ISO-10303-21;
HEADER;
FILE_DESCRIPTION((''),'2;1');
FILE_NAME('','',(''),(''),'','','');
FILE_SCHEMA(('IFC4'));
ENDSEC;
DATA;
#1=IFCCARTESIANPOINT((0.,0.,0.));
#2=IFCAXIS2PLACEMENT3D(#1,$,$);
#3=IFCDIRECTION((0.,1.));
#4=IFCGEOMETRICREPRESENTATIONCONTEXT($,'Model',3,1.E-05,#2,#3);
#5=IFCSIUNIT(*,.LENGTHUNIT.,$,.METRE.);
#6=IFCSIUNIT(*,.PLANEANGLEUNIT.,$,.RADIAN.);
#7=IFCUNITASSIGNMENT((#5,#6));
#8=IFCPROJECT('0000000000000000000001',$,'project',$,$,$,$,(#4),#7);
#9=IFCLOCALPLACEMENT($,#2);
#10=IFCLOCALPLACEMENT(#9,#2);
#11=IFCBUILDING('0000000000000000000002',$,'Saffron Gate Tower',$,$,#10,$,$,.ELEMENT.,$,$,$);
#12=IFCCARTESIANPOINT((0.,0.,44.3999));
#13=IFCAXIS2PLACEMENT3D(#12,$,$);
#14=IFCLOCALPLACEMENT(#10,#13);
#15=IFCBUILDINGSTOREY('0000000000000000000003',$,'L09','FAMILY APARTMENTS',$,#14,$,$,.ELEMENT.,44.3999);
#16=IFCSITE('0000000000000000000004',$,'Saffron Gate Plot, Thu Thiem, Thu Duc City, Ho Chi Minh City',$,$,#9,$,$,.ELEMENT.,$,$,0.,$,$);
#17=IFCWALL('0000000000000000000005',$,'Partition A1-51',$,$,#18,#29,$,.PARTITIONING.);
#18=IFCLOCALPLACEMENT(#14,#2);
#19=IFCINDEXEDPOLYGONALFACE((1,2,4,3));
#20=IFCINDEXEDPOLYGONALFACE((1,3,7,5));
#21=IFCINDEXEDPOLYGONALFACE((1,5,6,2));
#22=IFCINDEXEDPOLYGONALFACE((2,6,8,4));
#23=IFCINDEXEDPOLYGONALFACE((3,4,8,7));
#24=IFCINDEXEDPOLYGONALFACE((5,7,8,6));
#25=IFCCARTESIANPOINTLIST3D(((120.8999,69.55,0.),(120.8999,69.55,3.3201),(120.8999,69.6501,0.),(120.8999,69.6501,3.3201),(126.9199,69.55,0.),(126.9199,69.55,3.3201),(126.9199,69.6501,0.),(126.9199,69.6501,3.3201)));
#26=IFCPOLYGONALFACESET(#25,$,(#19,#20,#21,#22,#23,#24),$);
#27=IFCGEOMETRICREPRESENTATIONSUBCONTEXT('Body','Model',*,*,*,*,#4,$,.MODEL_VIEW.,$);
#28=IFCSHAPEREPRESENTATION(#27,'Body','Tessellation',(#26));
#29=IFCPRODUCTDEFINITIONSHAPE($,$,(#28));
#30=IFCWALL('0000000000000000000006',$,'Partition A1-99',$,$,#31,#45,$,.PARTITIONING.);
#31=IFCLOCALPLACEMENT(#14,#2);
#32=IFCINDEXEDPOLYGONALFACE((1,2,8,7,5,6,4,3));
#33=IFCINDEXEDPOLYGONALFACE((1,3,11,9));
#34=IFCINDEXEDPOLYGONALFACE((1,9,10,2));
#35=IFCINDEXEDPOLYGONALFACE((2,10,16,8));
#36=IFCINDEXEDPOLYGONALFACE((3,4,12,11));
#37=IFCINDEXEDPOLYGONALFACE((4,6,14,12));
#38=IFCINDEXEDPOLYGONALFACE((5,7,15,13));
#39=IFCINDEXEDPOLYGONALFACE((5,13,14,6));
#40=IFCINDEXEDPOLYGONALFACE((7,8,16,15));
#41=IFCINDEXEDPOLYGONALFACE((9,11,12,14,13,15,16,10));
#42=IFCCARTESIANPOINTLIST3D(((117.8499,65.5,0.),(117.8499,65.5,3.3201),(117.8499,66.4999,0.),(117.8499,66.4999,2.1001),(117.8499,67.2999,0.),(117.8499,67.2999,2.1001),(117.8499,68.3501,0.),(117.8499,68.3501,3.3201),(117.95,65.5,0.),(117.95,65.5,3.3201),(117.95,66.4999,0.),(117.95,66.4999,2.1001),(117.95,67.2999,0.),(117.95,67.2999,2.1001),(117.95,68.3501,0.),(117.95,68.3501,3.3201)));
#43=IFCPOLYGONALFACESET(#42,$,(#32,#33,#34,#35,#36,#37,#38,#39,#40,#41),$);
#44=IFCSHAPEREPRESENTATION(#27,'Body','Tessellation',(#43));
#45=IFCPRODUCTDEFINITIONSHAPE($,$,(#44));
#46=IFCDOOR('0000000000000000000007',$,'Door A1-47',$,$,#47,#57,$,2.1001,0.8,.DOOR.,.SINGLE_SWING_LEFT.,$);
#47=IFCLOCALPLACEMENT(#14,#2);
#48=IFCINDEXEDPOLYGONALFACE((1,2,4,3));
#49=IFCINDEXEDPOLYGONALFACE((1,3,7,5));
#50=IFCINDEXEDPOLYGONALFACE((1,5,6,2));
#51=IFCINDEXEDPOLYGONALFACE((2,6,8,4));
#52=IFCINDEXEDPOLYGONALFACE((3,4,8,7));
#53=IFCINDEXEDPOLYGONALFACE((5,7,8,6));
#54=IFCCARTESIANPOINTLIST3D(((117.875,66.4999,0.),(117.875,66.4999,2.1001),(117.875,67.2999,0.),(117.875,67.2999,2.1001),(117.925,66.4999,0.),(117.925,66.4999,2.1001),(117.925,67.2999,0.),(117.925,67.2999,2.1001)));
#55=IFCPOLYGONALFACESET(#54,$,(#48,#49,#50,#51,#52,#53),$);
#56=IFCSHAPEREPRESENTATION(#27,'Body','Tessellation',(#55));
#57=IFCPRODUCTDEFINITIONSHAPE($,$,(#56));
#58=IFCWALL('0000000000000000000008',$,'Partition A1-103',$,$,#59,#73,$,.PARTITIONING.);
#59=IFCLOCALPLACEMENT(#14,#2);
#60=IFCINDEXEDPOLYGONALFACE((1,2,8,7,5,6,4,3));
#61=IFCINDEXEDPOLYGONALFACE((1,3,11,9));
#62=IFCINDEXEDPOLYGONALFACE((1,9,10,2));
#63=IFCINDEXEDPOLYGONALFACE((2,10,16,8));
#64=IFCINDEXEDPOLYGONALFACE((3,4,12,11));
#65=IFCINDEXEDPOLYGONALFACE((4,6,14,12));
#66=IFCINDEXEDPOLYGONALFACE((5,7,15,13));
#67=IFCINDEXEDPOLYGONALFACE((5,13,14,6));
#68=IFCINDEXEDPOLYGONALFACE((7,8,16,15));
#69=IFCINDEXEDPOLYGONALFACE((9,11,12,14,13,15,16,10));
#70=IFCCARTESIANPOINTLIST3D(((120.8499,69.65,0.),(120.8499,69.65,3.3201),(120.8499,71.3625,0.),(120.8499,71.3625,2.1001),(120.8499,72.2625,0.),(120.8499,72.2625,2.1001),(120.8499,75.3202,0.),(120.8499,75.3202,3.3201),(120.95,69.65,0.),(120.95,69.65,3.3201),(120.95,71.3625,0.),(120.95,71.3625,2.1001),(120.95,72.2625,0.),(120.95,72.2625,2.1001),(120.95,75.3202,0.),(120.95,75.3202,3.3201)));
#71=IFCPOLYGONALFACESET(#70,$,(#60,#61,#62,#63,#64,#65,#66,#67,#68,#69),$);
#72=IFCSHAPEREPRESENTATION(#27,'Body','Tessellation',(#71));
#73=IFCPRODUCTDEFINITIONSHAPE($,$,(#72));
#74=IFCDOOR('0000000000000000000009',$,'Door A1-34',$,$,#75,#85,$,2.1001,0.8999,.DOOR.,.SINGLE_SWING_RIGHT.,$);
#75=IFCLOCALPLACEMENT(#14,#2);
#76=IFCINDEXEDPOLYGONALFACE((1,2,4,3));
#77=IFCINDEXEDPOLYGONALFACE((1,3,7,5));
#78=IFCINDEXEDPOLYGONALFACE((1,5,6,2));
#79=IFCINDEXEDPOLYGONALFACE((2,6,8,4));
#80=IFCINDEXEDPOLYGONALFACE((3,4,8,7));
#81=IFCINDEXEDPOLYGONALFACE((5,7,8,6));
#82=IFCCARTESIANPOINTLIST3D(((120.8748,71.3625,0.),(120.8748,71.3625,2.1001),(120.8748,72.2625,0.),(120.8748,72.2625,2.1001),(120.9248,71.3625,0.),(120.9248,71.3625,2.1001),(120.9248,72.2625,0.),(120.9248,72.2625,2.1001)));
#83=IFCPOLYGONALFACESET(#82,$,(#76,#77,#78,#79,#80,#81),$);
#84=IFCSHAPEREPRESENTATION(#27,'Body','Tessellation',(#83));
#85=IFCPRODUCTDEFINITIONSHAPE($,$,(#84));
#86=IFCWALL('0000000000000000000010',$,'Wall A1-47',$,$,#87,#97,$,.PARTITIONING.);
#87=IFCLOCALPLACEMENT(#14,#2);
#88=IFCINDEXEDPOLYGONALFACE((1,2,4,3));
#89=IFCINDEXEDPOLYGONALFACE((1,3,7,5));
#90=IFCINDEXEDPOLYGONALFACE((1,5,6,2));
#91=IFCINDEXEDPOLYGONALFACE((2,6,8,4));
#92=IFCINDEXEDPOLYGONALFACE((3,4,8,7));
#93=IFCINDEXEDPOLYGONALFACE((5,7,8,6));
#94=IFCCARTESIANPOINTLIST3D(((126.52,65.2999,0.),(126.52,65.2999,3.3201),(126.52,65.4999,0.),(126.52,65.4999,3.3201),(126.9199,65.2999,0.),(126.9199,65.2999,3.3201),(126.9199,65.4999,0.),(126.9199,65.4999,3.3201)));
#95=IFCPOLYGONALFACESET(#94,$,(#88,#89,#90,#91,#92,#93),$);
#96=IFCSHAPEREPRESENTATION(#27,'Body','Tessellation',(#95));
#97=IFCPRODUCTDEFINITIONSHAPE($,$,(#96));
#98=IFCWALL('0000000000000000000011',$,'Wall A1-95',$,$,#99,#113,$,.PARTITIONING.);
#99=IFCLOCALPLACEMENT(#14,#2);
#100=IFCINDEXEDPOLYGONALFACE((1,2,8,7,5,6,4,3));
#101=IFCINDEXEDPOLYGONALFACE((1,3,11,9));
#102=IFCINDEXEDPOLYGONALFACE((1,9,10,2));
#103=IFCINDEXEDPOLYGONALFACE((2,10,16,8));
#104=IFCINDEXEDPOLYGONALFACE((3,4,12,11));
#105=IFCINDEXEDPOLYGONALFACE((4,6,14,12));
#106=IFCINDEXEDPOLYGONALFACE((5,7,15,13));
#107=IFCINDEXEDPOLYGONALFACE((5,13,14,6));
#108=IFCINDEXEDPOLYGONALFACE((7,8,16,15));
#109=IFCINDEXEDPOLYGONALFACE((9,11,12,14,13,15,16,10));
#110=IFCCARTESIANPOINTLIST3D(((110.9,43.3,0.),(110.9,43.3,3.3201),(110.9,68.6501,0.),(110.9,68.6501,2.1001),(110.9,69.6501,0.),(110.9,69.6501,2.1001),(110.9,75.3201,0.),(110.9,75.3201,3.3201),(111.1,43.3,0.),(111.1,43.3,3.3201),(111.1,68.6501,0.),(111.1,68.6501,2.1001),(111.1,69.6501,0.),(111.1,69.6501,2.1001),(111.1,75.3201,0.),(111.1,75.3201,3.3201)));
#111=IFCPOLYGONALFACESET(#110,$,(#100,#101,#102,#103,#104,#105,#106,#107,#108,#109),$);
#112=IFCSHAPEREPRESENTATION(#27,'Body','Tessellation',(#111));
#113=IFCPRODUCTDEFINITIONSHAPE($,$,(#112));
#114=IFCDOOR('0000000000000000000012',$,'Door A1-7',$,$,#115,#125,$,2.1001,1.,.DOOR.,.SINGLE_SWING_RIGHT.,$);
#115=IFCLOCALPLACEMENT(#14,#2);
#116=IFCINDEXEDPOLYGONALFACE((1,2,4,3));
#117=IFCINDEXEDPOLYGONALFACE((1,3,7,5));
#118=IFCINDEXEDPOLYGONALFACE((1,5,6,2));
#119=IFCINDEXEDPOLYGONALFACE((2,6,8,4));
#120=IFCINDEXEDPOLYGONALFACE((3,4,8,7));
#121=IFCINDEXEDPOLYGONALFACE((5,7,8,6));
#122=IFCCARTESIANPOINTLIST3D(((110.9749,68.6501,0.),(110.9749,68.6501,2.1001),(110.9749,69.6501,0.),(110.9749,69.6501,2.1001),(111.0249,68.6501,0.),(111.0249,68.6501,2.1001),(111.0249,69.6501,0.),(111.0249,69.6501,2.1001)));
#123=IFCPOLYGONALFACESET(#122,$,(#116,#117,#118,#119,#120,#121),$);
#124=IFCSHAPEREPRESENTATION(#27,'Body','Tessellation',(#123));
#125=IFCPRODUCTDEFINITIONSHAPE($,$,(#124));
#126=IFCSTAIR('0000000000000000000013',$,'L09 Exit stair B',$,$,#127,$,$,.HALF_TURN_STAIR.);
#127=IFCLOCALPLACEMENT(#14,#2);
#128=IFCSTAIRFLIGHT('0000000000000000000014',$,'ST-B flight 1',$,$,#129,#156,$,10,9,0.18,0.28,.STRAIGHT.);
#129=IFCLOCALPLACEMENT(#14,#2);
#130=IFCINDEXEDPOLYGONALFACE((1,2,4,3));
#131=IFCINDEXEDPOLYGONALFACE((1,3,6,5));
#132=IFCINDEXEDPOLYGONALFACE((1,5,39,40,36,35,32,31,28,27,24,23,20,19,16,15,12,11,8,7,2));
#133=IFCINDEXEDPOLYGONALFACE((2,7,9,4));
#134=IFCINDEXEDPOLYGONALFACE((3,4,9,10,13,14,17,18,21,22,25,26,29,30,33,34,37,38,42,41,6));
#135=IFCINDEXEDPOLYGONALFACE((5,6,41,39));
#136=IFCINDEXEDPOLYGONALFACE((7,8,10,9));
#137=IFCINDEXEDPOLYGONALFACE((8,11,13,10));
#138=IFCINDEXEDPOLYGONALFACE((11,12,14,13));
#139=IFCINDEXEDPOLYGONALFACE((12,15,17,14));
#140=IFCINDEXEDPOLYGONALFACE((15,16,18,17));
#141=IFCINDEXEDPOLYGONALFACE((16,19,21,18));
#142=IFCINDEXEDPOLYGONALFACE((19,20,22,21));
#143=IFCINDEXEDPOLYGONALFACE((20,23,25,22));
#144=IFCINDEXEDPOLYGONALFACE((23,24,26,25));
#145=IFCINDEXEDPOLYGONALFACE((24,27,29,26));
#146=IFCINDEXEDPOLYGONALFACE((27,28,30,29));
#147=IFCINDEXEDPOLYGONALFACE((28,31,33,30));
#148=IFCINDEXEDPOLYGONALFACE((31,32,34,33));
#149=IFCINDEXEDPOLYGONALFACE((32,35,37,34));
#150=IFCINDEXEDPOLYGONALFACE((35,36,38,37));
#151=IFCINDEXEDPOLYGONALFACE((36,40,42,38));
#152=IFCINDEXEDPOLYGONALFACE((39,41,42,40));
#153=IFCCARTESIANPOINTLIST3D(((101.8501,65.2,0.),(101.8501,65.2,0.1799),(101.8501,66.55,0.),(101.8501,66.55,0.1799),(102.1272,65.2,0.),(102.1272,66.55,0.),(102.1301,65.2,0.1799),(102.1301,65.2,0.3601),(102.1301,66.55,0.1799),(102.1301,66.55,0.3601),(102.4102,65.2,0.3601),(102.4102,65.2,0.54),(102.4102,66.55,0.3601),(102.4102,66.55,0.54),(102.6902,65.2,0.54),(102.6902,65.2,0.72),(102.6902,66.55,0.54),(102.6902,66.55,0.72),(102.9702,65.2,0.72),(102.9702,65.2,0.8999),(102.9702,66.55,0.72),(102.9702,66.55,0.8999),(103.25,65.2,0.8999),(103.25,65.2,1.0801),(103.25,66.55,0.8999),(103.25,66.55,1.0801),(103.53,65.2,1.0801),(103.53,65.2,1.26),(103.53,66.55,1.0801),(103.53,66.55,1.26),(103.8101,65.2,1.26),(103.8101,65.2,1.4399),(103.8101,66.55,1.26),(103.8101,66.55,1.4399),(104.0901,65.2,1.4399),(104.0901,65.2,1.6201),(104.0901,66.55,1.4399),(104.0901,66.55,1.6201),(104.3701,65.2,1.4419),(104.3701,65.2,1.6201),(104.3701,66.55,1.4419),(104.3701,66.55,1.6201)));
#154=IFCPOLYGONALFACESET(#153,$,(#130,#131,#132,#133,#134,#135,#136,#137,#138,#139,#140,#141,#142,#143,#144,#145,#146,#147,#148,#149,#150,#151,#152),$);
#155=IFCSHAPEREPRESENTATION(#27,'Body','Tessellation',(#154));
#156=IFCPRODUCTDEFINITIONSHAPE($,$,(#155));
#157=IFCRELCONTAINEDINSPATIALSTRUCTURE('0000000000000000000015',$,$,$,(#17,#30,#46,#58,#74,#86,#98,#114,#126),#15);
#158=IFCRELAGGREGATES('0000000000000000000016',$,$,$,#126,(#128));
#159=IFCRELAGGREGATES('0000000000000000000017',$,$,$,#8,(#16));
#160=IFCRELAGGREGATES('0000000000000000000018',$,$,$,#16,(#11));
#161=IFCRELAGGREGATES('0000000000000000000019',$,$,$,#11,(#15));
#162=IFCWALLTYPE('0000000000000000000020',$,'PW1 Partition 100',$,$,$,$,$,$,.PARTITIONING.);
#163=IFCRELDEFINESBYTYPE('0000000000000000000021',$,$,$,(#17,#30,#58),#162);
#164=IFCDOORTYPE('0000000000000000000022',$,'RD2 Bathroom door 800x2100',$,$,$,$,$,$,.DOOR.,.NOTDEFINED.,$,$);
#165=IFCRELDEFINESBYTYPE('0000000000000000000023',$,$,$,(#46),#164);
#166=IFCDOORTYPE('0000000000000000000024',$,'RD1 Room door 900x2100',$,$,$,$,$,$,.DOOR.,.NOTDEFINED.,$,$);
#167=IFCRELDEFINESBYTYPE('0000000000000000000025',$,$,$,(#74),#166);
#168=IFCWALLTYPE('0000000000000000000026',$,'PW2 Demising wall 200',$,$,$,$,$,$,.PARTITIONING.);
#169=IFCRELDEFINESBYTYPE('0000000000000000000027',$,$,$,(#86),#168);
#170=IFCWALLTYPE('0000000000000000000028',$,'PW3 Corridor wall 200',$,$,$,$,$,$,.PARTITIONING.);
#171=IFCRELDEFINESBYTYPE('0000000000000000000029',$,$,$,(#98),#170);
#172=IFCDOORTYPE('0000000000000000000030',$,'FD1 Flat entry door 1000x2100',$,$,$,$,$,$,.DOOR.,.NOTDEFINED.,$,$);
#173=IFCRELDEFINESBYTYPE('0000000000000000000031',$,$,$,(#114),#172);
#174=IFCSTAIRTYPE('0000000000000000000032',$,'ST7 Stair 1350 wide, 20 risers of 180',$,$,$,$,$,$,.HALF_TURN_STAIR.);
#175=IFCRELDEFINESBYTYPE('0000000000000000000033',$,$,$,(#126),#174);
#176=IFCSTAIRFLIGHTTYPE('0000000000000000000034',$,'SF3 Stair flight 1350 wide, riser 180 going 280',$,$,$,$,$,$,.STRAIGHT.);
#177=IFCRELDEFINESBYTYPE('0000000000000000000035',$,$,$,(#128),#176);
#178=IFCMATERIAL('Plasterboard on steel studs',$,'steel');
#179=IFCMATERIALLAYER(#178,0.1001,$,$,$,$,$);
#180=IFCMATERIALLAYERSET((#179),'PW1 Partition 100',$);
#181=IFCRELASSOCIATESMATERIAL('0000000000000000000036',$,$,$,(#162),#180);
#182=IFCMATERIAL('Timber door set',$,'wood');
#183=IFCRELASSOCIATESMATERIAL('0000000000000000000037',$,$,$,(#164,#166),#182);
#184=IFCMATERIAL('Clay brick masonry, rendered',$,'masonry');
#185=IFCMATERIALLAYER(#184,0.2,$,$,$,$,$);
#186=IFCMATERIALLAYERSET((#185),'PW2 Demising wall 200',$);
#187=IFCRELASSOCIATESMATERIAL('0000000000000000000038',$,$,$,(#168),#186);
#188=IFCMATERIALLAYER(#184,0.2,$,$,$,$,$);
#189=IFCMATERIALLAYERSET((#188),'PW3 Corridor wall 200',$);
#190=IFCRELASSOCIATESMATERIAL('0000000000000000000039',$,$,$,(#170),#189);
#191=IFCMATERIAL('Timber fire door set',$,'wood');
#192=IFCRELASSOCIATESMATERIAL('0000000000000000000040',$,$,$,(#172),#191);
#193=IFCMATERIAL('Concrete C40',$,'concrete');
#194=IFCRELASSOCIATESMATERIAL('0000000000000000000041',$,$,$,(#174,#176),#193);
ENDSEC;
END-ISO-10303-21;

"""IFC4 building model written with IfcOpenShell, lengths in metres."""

from ifc_helpers import new_model, si_unit, direction, frame, frame_2d, origin, place, context, subcontext, project, spatial, polyline, rectangle, outline, extrude, material, layer, layer_set, type_object, element, fill, aggregate, save


model = new_model("IFC4")

# Units and contexts
model_context = context("Model", 3, precision=1e-05, world=origin(), true_north=direction((0.0, 1.0)))
body_context = subcontext(model_context, "Body", "Model", "MODEL_VIEW")
ifc_project = project(units=[si_unit("LENGTHUNIT", "METRE"), si_unit("PLANEANGLEUNIT", "RADIAN")], contexts=[model_context])

# Site, building, storey
site_placement = place(None, origin())
site = spatial("IfcSite", under=ifc_project, at=site_placement, Name="Saffron Gate Plot, Thu Thiem, Thu Duc City, Ho Chi Minh City", CompositionType="ELEMENT", RefElevation=0.0)
building_placement = place(site_placement, origin())
building = spatial("IfcBuilding", under=site, at=building_placement, Name="Saffron Gate Tower", CompositionType="ELEMENT")
storey_placement = place(building_placement, frame((0.0, 0.0, 44.3999)))
storey = spatial("IfcBuildingStorey", under=building, at=storey_placement, Name="L09", Description="FAMILY APARTMENTS", CompositionType="ELEMENT", Elevation=44.3999)

# Wall
ifc_material_1 = material(Name="Plasterboard on steel studs", Category="steel")
ifc_layer_1 = layer(ifc_material_1, 0.1001)
ifc_layer_set_1 = layer_set([ifc_layer_1], Name="PW1 Partition 100")
wall_type_1 = type_object("IfcWallType", Name="PW1 Partition 100", PredefinedType="PARTITIONING", material=ifc_layer_set_1)
wall_1_placement = place(storey_placement, frame((120.8999, 69.6001, 0.0), z_axis=(0.0, 0.0, 1.0), x_axis=(1.0, 0.0, 0.0)))
element("IfcWall", 1, at=wall_1_placement, inside=storey, type_object=wall_type_1, Name="Partition A1-51", PredefinedType="PARTITIONING", context=body_context, shape_type="SweptSolid", body=[
    extrude(rectangle(XDim=6.02, YDim=0.1001, at=frame_2d((3.01, 0.0))), origin(), (0.0, 0.0, 1.0), 3.3201),
])

# Walls, openings, doors
wall_2_placement = place(storey_placement, frame((117.8999, 65.5, 0.0), z_axis=(0.0, 0.0, 1.0), x_axis=(0.0, 1.0, 0.0)))
wall_2 = element("IfcWall", 2, at=wall_2_placement, inside=storey, type_object=wall_type_1, Name="Partition A1-99", PredefinedType="PARTITIONING", context=body_context, shape_type="SweptSolid", body=[
    extrude(rectangle(XDim=2.8501, YDim=0.1001, at=frame_2d((1.425, 0.0))), origin(), (0.0, 0.0, 1.0), 3.3201),
])
opening_1_placement = place(wall_2_placement, frame((1.0, 0.0, 0.0)))
opening_1 = element("IfcOpeningElement", 3, at=opening_1_placement, cuts=wall_2, PredefinedType="OPENING", context=body_context, shape_type="SweptSolid", body=[
    extrude(rectangle(XDim=0.8, YDim=2.1001, at=frame_2d((0.3999, 1.05))), frame((0.0, 0.0601, 0.0), z_axis=(0.0, -1.0, 0.0), x_axis=(1.0, 0.0, 0.0)), (0.0, 0.0, 1.0), 0.1201),
])
ifc_material_2 = material(Name="Timber door set", Category="wood")
door_type_1 = type_object("IfcDoorType", Name="RD2 Bathroom door 800x2100", OperationType="NOTDEFINED", PredefinedType="DOOR", material=ifc_material_2)
door_1_placement = place(opening_1_placement, origin())
door_1 = element("IfcDoor", 4, at=door_1_placement, inside=storey, type_object=door_type_1, Name="Door A1-47", OperationType="SINGLE_SWING_LEFT", OverallHeight=2.1001, OverallWidth=0.8, PredefinedType="DOOR", context=body_context, shape_type="SweptSolid", body=[
    extrude(rectangle(XDim=0.8, YDim=2.1001, at=frame_2d((0.3999, 1.05))), frame((0.0, 0.0249, 0.0), z_axis=(0.0, -1.0, 0.0), x_axis=(1.0, 0.0, 0.0)), (0.0, 0.0, 1.0), 0.05),
])
fill(opening_1, door_1)
wall_3_placement = place(storey_placement, frame((120.8999, 75.3201, 0.0), z_axis=(0.0, 0.0, 1.0), x_axis=(0.0, -1.0, 0.0)))
wall_3 = element("IfcWall", 5, at=wall_3_placement, inside=storey, type_object=wall_type_1, Name="Partition A1-103", PredefinedType="PARTITIONING", context=body_context, shape_type="SweptSolid", body=[
    extrude(rectangle(XDim=5.6702, YDim=0.1001, at=frame_2d((2.835, 0.0))), origin(), (0.0, 0.0, 1.0), 3.3201),
])
opening_2_placement = place(wall_3_placement, frame((3.0576, 0.0, 0.0)))
opening_2 = element("IfcOpeningElement", 6, at=opening_2_placement, cuts=wall_3, PredefinedType="OPENING", context=body_context, shape_type="SweptSolid", body=[
    extrude(rectangle(XDim=0.8999, YDim=2.1001, at=frame_2d((0.45, 1.05))), frame((0.0, 0.0601, 0.0), z_axis=(0.0, -1.0, 0.0), x_axis=(1.0, 0.0, 0.0)), (0.0, 0.0, 1.0), 0.1201),
])
door_type_2 = type_object("IfcDoorType", Name="RD1 Room door 900x2100", OperationType="NOTDEFINED", PredefinedType="DOOR", material=ifc_material_2)
door_2_placement = place(opening_2_placement, origin())
door_2 = element("IfcDoor", 7, at=door_2_placement, inside=storey, type_object=door_type_2, Name="Door A1-34", OperationType="SINGLE_SWING_RIGHT", OverallHeight=2.1001, OverallWidth=0.8999, PredefinedType="DOOR", context=body_context, shape_type="SweptSolid", body=[
    extrude(rectangle(XDim=0.8999, YDim=2.1001, at=frame_2d((0.45, 1.05))), frame((0.0, 0.0249, 0.0), z_axis=(0.0, -1.0, 0.0), x_axis=(1.0, 0.0, 0.0)), (0.0, 0.0, 1.0), 0.05),
])
fill(opening_2, door_2)

# Wall
ifc_material_3 = material(Name="Clay brick masonry, rendered", Category="masonry")
ifc_layer_2 = layer(ifc_material_3, 0.2)
ifc_layer_set_2 = layer_set([ifc_layer_2], Name="PW2 Demising wall 200")
wall_type_2 = type_object("IfcWallType", Name="PW2 Demising wall 200", PredefinedType="PARTITIONING", material=ifc_layer_set_2)
wall_4_placement = place(storey_placement, frame((126.52, 65.3999, 0.0), z_axis=(0.0, 0.0, 1.0), x_axis=(1.0, 0.0, 0.0)))
element("IfcWall", 8, at=wall_4_placement, inside=storey, type_object=wall_type_2, Name="Wall A1-47", PredefinedType="PARTITIONING", context=body_context, shape_type="SweptSolid", body=[
    extrude(rectangle(XDim=0.3999, YDim=0.2, at=frame_2d((0.2, 0.0))), origin(), (0.0, 0.0, 1.0), 3.3201),
])

# Wall, opening, door
ifc_layer_3 = layer(ifc_material_3, 0.2)
ifc_layer_set_3 = layer_set([ifc_layer_3], Name="PW3 Corridor wall 200")
wall_type_3 = type_object("IfcWallType", Name="PW3 Corridor wall 200", PredefinedType="PARTITIONING", material=ifc_layer_set_3)
wall_5_placement = place(storey_placement, frame((111.0, 75.3201, 0.0), z_axis=(0.0, 0.0, 1.0), x_axis=(0.0, -1.0, 0.0)))
wall_5 = element("IfcWall", 9, at=wall_5_placement, inside=storey, type_object=wall_type_3, Name="Wall A1-95", PredefinedType="PARTITIONING", context=body_context, shape_type="SweptSolid", body=[
    extrude(rectangle(XDim=32.02, YDim=0.2, at=frame_2d((16.01, 0.0))), origin(), (0.0, 0.0, 1.0), 3.3201),
])
opening_3_placement = place(wall_5_placement, frame((5.6699, 0.0, 0.0)))
opening_3 = element("IfcOpeningElement", 10, at=opening_3_placement, cuts=wall_5, PredefinedType="OPENING", context=body_context, shape_type="SweptSolid", body=[
    extrude(rectangle(XDim=1.0, YDim=2.1001, at=frame_2d((0.5, 1.05))), frame((0.0, 0.1099, 0.0), z_axis=(0.0, -1.0, 0.0), x_axis=(1.0, 0.0, 0.0)), (0.0, 0.0, 1.0), 0.22),
])
ifc_material_4 = material(Name="Timber fire door set", Category="wood")
door_type_3 = type_object("IfcDoorType", Name="FD1 Flat entry door 1000x2100", OperationType="NOTDEFINED", PredefinedType="DOOR", material=ifc_material_4)
door_3_placement = place(opening_3_placement, origin())
door_3 = element("IfcDoor", 11, at=door_3_placement, inside=storey, type_object=door_type_3, Name="Door A1-7", OperationType="SINGLE_SWING_RIGHT", OverallHeight=2.1001, OverallWidth=1.0, PredefinedType="DOOR", context=body_context, shape_type="SweptSolid", body=[
    extrude(rectangle(XDim=1.0, YDim=2.1001, at=frame_2d((0.5, 1.05))), frame((0.0, 0.0249, 0.0), z_axis=(0.0, -1.0, 0.0), x_axis=(1.0, 0.0, 0.0)), (0.0, 0.0, 1.0), 0.05),
])
fill(opening_3, door_3)

# Stair, stair flight
ifc_material_5 = material(Name="Concrete C40", Category="concrete")
stair_type = type_object("IfcStairType", Name="ST7 Stair 1350 wide, 20 risers of 180", PredefinedType="HALF_TURN_STAIR", material=ifc_material_5)
stair_placement = place(storey_placement, origin())
stair = element("IfcStair", 12, at=stair_placement, inside=storey, type_object=stair_type, Name="L09 Exit stair B", PredefinedType="HALF_TURN_STAIR")
stair_flight_type = type_object("IfcStairFlightType", Name="SF3 Stair flight 1350 wide, riser 180 going 280", PredefinedType="STRAIGHT", material=ifc_material_5)
stair_flight_1_placement = place(storey_placement, frame((101.8501, 65.875, 0.0), z_axis=(0.0, 0.0, 1.0), x_axis=(1.0, 0.0, 0.0)))
stair_flight_1 = element("IfcStairFlight", 13, at=stair_flight_1_placement, type_object=stair_flight_type, Name="ST-B flight 1", NumberOfRisers=10, NumberOfTreads=9, PredefinedType="STRAIGHT", RiserHeight=0.18, TreadLength=0.28, context=body_context, shape_type="SweptSolid", body=[
    extrude(outline(polyline([(0.0, 0.0), (0.0, 0.1799), (0.28, 0.1799), (0.28, 0.3601), (0.5601, 0.3601), (0.5601, 0.54), (0.8401, 0.54), (0.8401, 0.72), (1.1201, 0.72), (1.1201, 0.8999), (1.3999, 0.8999), (1.3999, 1.0801), (1.6799, 1.0801), (1.6799, 1.26), (1.96, 1.26), (1.96, 1.4399), (2.24, 1.4399), (2.24, 1.6201), (2.52, 1.6201), (2.52, 1.8), (2.52, 1.4419), (0.2771, 0.0), (0.0, 0.0)])), frame((0.0, 0.675, 0.0), z_axis=(0.0, -1.0, 0.0), x_axis=(1.0, 0.0, 0.0)), (0.0, 0.0, 1.0), 1.3501),
])
aggregate(stair, [stair_flight_1])

save(model, "model.ifc")
